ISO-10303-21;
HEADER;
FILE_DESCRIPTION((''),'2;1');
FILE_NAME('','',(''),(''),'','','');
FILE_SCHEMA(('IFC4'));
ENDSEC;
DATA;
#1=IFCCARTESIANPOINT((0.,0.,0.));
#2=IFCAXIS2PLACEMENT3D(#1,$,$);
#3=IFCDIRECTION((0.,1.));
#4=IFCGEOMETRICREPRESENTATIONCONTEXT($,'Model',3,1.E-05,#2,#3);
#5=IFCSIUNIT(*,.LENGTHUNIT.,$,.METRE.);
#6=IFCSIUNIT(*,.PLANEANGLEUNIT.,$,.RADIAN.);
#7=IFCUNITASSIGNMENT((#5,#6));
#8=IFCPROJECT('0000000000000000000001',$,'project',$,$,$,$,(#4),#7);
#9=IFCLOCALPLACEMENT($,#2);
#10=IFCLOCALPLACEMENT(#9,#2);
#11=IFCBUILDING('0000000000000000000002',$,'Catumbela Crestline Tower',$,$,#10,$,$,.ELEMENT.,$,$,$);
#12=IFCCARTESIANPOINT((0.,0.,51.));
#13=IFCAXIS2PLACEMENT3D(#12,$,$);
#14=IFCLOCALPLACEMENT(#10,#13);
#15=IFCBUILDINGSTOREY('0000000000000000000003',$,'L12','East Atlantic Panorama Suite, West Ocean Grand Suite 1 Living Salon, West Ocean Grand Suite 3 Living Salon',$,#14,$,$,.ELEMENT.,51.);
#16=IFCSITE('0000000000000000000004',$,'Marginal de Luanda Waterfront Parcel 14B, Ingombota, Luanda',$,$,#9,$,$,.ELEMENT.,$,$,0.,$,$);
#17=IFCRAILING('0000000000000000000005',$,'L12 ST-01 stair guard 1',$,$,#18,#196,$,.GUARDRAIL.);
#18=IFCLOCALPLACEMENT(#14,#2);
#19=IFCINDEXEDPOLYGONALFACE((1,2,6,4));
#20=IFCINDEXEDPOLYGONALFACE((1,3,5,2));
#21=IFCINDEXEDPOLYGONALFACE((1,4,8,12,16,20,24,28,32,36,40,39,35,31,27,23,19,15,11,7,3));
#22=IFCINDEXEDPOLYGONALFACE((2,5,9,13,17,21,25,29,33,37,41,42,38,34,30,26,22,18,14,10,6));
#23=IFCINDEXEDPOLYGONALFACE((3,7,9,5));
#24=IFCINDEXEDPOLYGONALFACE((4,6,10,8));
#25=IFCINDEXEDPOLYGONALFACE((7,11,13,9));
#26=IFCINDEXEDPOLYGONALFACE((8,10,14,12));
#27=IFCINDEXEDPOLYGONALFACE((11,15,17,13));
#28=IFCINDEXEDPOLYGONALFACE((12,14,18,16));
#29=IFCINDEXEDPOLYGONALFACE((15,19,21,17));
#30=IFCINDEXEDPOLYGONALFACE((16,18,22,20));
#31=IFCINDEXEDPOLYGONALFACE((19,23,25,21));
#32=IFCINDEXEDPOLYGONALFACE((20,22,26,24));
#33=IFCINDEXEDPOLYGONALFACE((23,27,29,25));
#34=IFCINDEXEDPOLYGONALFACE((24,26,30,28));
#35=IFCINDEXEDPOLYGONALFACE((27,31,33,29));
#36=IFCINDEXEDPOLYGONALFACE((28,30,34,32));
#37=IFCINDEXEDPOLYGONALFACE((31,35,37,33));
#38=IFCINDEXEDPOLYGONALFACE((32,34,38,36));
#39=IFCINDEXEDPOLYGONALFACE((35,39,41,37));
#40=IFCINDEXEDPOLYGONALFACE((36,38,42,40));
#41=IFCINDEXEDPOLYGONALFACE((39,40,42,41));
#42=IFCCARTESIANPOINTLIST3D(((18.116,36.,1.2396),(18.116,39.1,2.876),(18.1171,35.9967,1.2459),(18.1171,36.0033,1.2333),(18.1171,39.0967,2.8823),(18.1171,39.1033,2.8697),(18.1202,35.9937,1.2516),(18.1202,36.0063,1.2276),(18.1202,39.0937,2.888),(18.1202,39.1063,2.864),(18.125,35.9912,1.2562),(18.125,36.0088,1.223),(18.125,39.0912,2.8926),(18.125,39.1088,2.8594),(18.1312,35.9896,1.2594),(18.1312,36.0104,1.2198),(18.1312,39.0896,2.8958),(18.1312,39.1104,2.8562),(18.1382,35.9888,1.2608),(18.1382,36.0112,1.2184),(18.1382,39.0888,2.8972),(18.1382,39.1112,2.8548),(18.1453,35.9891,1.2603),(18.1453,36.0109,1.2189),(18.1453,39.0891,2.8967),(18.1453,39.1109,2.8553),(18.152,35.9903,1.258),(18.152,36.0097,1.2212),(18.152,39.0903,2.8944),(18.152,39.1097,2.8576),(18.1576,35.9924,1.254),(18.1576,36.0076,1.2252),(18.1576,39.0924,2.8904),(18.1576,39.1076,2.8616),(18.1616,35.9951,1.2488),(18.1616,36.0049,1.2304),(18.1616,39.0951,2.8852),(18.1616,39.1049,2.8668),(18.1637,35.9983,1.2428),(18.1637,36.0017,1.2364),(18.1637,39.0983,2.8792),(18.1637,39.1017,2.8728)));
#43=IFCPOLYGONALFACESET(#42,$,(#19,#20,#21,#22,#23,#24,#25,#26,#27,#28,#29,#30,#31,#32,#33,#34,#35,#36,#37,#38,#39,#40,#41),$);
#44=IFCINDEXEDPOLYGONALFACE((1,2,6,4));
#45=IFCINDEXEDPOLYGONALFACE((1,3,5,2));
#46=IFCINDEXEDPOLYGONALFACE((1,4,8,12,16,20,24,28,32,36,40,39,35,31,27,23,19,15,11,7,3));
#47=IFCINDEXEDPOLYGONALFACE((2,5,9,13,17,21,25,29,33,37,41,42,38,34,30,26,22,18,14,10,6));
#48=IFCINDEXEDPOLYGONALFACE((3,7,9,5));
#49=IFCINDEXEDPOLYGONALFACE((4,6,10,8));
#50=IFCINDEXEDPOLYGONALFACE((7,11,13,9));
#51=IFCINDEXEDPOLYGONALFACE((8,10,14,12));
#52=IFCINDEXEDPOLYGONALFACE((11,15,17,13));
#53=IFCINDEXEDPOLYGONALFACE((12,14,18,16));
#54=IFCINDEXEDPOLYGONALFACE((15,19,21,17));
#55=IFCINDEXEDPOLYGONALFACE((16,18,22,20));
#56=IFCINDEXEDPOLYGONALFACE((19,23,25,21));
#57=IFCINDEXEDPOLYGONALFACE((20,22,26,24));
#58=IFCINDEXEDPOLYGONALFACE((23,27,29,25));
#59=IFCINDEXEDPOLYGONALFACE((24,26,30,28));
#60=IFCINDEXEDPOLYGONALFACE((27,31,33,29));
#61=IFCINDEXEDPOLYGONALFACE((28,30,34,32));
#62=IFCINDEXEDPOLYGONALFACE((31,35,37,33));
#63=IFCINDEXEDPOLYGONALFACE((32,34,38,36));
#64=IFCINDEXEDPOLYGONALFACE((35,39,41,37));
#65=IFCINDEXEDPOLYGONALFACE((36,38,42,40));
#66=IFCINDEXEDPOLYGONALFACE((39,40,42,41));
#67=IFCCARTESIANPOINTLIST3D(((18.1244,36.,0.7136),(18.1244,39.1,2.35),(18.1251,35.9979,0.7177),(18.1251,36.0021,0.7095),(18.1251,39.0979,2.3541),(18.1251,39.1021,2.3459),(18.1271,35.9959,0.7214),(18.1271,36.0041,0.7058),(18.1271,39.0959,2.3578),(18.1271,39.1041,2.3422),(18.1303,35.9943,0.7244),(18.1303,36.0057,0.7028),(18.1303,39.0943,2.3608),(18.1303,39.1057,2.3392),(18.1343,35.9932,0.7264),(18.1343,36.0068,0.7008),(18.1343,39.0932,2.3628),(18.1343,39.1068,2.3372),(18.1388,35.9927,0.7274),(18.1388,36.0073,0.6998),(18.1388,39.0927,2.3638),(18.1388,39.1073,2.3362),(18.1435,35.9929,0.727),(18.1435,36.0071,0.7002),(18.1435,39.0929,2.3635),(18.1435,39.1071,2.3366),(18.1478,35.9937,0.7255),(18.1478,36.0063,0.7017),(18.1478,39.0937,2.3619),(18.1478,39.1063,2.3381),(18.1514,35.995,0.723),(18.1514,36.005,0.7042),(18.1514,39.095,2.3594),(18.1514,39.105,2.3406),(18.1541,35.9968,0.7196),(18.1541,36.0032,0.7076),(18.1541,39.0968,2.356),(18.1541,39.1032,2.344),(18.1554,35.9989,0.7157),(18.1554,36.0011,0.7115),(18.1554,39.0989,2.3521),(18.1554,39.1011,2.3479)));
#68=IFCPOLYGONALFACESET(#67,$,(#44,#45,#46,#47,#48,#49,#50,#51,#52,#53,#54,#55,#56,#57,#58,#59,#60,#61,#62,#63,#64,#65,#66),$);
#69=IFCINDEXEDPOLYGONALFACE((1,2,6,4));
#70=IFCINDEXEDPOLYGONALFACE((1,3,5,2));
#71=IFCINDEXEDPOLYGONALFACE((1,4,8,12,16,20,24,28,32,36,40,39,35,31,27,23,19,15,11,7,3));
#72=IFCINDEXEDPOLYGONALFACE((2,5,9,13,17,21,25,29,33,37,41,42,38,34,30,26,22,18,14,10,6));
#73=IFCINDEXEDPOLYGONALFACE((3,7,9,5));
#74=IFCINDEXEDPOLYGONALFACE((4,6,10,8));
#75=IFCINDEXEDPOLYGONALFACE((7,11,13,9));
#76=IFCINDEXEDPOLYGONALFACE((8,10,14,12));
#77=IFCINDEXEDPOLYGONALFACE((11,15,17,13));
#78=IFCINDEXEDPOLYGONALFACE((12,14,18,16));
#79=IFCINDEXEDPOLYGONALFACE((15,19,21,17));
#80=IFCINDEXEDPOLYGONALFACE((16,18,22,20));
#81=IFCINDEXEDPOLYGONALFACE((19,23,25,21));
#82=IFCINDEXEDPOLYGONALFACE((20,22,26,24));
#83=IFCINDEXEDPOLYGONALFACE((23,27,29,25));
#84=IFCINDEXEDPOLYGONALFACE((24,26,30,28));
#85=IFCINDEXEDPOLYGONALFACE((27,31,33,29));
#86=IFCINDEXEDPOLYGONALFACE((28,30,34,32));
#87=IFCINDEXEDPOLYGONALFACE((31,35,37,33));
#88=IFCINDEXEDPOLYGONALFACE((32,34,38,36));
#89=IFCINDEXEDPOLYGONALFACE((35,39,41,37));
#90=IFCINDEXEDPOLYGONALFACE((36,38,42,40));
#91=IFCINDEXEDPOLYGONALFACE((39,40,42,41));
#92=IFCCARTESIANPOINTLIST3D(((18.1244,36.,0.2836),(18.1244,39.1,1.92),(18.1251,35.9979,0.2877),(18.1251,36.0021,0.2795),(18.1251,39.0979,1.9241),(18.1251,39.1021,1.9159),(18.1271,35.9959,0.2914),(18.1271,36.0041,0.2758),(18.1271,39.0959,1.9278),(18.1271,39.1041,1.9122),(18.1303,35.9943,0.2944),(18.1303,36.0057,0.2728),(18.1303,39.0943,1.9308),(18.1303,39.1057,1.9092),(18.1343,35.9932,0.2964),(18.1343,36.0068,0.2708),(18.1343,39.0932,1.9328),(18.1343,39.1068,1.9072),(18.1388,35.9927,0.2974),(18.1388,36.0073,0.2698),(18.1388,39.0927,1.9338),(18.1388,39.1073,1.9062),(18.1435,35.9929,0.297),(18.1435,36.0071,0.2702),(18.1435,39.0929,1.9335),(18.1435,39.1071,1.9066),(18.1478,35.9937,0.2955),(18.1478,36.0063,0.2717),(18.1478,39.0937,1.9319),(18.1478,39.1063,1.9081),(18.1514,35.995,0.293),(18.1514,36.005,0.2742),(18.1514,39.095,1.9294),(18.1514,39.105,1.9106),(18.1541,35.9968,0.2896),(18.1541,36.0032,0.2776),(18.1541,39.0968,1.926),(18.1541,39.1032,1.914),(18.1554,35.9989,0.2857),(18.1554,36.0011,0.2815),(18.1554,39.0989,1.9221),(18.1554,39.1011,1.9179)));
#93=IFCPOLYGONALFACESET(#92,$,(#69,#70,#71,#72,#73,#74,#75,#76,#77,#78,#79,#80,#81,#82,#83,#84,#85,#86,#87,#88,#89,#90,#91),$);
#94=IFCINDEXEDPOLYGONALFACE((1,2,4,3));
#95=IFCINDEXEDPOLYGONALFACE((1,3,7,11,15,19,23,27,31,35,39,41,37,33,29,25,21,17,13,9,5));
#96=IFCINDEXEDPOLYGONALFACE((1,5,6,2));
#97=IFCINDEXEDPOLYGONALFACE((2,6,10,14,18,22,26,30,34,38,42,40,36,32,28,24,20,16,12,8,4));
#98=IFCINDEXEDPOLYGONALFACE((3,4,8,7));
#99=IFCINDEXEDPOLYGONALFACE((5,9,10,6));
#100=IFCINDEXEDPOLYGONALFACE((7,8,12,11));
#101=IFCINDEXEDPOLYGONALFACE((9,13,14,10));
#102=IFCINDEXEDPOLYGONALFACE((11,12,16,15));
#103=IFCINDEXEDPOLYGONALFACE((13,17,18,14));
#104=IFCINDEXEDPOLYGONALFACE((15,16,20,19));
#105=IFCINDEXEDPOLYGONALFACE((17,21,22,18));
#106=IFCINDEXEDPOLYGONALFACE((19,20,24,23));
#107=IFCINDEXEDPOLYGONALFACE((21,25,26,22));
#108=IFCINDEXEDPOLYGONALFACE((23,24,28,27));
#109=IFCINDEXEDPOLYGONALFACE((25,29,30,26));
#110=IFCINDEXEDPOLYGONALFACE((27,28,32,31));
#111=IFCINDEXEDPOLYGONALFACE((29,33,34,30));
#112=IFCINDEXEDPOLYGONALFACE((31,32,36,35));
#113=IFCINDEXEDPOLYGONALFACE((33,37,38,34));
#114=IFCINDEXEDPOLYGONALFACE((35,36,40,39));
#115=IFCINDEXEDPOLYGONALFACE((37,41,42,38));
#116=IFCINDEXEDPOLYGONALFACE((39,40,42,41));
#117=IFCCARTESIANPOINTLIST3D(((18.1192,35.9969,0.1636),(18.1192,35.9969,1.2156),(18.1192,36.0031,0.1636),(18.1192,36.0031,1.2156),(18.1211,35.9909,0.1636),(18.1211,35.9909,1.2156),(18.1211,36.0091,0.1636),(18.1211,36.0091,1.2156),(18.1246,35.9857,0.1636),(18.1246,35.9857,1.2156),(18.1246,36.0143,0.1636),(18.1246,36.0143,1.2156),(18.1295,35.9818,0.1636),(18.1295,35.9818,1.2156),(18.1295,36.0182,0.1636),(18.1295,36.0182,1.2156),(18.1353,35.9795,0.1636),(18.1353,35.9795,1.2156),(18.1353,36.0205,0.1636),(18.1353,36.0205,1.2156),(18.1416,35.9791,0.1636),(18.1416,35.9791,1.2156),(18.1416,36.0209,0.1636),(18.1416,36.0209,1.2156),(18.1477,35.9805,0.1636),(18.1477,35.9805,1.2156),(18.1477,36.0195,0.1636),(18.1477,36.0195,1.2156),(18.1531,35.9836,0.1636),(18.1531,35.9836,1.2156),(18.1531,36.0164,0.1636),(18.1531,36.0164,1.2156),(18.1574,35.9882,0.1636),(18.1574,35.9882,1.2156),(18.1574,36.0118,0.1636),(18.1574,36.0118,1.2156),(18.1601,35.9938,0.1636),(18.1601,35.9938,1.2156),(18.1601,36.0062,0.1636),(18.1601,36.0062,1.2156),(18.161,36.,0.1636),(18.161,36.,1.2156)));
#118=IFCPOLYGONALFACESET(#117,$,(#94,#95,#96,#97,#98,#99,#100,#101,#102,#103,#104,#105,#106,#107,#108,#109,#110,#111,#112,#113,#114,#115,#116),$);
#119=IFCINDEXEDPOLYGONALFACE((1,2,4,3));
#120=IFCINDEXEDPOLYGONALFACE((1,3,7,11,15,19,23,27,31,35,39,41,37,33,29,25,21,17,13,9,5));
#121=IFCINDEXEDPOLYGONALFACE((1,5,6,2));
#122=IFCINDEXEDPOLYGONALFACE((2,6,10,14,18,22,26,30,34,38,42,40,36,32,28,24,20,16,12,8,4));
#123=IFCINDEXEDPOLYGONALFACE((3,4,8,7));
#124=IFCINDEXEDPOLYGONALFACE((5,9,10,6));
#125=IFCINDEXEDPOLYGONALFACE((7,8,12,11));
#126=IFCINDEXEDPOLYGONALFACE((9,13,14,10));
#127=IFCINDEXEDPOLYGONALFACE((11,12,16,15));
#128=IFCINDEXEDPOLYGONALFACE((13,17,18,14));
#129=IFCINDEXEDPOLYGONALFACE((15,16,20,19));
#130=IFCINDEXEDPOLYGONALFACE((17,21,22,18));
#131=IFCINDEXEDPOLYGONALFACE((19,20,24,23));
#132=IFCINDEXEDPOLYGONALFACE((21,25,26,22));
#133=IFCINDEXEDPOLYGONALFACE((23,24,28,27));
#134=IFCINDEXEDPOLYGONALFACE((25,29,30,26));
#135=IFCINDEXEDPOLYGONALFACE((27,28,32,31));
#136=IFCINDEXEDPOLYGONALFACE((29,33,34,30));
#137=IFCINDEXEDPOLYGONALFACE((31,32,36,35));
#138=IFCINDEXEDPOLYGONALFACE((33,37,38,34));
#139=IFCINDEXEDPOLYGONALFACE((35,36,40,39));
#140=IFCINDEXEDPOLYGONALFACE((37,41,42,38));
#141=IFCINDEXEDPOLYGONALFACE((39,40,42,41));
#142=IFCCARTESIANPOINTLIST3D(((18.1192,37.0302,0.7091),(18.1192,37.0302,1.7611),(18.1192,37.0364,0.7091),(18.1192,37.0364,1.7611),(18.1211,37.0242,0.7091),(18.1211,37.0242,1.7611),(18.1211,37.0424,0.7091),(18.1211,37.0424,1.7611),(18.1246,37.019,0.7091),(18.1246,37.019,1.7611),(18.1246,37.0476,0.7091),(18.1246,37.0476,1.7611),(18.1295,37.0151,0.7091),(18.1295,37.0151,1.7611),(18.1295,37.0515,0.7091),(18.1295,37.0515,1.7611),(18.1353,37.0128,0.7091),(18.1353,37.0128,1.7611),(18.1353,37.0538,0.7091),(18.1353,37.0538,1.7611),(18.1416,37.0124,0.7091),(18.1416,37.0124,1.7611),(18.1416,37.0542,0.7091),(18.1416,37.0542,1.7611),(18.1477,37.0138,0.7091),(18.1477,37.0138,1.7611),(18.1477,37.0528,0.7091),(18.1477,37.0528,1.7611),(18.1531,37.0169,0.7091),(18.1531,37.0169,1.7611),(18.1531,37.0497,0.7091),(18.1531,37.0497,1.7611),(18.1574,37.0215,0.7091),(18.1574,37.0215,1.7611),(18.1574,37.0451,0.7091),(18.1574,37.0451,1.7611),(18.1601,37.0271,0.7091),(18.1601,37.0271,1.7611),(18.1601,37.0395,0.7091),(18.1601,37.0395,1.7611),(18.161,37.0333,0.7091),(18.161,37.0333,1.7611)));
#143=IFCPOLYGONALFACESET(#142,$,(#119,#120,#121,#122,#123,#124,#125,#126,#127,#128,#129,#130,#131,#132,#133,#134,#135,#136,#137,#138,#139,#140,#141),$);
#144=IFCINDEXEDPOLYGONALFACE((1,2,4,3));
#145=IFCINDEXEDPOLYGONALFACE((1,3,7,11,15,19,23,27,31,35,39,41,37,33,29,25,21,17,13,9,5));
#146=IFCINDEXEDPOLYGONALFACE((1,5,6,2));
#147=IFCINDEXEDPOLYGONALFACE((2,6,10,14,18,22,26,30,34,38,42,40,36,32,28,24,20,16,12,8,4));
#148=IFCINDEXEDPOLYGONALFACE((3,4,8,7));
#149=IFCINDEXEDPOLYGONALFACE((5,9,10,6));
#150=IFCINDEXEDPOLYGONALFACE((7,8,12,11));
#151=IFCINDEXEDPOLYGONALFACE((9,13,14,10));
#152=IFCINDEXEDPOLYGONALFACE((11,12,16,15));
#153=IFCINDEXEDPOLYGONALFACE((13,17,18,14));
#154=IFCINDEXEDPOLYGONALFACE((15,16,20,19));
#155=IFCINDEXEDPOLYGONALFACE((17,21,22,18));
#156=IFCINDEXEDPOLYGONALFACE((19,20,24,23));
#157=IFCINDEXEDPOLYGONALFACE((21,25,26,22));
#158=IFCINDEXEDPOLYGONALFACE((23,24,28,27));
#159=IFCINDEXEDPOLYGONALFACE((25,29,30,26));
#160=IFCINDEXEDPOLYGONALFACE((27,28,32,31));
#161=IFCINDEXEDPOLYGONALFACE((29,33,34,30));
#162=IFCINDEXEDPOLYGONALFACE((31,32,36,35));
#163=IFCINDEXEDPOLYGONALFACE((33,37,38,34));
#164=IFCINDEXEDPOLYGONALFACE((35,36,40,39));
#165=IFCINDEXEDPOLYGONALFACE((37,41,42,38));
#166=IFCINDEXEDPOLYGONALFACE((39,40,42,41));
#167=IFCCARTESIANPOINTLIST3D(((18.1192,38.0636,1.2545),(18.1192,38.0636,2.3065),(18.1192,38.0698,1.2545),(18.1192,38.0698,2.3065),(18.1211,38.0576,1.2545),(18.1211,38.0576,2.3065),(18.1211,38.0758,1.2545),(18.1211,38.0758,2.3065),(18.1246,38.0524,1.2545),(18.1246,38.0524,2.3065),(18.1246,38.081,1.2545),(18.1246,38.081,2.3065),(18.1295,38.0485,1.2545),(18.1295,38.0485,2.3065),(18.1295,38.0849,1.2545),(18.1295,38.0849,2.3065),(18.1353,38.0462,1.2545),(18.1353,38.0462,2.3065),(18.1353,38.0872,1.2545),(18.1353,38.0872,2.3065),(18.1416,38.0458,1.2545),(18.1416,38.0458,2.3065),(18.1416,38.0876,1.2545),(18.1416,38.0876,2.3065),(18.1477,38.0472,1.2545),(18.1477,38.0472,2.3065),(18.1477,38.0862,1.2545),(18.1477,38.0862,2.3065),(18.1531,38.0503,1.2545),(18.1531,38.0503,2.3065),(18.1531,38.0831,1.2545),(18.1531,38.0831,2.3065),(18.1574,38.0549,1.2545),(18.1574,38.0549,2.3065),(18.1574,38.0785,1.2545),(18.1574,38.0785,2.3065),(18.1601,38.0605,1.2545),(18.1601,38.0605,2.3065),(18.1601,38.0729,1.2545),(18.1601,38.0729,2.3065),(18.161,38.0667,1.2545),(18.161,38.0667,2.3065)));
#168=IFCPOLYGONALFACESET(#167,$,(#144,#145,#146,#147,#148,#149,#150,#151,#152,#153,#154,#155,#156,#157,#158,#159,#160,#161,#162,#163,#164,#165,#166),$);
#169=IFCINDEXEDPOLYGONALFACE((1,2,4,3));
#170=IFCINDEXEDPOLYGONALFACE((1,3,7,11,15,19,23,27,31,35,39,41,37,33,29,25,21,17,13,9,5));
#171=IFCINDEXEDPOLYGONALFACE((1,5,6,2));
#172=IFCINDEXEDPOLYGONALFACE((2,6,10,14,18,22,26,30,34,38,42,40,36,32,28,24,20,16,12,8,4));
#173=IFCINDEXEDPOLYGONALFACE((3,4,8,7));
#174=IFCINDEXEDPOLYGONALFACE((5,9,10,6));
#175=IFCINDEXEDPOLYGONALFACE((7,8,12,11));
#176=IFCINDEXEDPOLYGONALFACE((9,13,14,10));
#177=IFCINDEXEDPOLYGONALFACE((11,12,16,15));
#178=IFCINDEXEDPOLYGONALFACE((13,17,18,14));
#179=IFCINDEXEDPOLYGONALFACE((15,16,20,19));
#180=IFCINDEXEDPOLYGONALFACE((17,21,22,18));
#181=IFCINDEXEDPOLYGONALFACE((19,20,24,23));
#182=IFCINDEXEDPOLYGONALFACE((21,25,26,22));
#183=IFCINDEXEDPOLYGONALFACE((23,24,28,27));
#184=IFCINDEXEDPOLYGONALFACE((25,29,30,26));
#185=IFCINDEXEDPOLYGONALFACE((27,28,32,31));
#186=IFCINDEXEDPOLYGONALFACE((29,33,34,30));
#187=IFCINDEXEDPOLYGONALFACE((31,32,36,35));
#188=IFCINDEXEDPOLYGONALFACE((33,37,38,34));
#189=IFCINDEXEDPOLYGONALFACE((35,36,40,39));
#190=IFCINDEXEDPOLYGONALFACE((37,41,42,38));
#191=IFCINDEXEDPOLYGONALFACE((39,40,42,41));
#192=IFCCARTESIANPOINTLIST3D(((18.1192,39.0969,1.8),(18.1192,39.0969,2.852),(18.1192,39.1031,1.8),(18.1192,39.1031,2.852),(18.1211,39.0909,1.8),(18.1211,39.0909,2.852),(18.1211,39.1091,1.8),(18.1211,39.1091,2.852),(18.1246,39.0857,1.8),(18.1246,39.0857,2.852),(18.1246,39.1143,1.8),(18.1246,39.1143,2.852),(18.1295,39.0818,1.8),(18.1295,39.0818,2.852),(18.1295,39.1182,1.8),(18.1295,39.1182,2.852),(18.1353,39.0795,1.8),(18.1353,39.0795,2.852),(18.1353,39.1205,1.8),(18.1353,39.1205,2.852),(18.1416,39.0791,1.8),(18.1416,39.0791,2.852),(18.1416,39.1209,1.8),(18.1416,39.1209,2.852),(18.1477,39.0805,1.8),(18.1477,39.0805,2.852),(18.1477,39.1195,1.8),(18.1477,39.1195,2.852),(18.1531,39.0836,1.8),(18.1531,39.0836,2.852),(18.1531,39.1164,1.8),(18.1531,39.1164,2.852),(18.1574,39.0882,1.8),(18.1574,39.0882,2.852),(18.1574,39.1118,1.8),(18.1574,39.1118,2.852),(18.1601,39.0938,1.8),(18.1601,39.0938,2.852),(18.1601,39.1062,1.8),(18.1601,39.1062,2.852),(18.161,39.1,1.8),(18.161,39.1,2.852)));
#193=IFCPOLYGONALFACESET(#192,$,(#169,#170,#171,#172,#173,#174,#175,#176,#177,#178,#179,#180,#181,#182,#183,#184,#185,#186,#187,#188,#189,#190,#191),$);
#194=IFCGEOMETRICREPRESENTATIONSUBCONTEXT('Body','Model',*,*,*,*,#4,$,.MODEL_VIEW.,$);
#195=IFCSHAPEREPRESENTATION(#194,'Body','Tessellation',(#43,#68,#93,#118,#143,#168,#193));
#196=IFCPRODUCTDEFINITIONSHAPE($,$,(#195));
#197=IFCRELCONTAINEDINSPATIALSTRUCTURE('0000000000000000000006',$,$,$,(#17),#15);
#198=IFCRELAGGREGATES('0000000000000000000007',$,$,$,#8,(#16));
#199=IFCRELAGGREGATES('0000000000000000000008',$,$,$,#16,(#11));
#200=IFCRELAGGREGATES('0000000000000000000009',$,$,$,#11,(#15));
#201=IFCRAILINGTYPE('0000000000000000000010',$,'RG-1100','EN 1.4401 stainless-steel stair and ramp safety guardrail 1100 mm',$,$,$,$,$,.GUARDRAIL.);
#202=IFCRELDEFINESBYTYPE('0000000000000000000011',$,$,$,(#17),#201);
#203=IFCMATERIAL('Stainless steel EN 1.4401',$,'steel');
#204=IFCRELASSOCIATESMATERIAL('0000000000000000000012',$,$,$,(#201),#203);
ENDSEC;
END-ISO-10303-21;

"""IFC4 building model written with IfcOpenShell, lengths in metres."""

from ifc_helpers import new_model, si_unit, direction, frame, origin, origin_2d, place, context, subcontext, project, spatial, circle, extrude, material, type_object, element, save


model = new_model("IFC4")

# Units and contexts
model_context = context("Model", 3, precision=1e-05, world=origin(), true_north=direction((0.0, 1.0)))
body_context = subcontext(model_context, "Body", "Model", "MODEL_VIEW")
ifc_project = project(units=[si_unit("LENGTHUNIT", "METRE"), si_unit("PLANEANGLEUNIT", "RADIAN")], contexts=[model_context])

# Site, building, storey
site_placement = place(None, origin())
site = spatial("IfcSite", under=ifc_project, at=site_placement, Name="Marginal de Luanda Waterfront Parcel 14B, Ingombota, Luanda", CompositionType="ELEMENT", RefElevation=0.0)
building_placement = place(site_placement, origin())
building = spatial("IfcBuilding", under=site, at=building_placement, Name="Catumbela Crestline Tower", CompositionType="ELEMENT")
storey_placement = place(building_placement, frame((0.0, 0.0, 51.0)))
storey = spatial("IfcBuildingStorey", under=building, at=storey_placement, Name="L12", Description="East Atlantic Panorama Suite, West Ocean Grand Suite 1 Living Salon, West Ocean Grand Suite 3 Living Salon", CompositionType="ELEMENT", Elevation=51.0)

# Railing
ifc_material_1 = material(Name="Stainless steel EN 1.4401", Category="steel")
railing_type_1 = type_object("IfcRailingType", Name="RG-1100", Description="EN 1.4401 stainless-steel stair and ramp safety guardrail 1100 mm", PredefinedType="GUARDRAIL", material=ifc_material_1)
railing_1_placement = place(storey_placement, frame((18.14, 36.0, 0.1636)))
element("IfcRailing", 1, at=railing_1_placement, inside=storey, type_object=railing_type_1, Name="L12 ST-01 stair guard 1", PredefinedType="GUARDRAIL", context=body_context, shape_type="SweptSolid", body=[
    extrude(circle(Radius=0.024, at=origin_2d()), frame((0.0, 0.0, 1.076), z_axis=(0.0, 0.884351, 0.466823), x_axis=(-1.0, 0.0, 0.0)), (0.0, 0.0, 1.0), 3.5054),
    extrude(circle(Radius=0.0156, at=origin_2d()), frame((0.0, 0.0, 0.55), z_axis=(0.0, 0.884351, 0.466823), x_axis=(-1.0, 0.0, 0.0)), (0.0, 0.0, 1.0), 3.5054),
    extrude(circle(Radius=0.0156, at=origin_2d()), frame((0.0, 0.0, 0.12), z_axis=(0.0, 0.884351, 0.466823), x_axis=(-1.0, 0.0, 0.0)), (0.0, 0.0, 1.0), 3.5054),
    extrude(circle(Radius=0.021, at=origin_2d()), origin(), (0.0, 0.0, 1.0), 1.052),
    extrude(circle(Radius=0.021, at=origin_2d()), frame((0.0, 1.0333, 0.5455)), (0.0, 0.0, 1.0), 1.052),
    extrude(circle(Radius=0.021, at=origin_2d()), frame((0.0, 2.0667, 1.0909)), (0.0, 0.0, 1.0), 1.052),
    extrude(circle(Radius=0.021, at=origin_2d()), frame((0.0, 3.1, 1.6364)), (0.0, 0.0, 1.0), 1.052),
])

save(model, "model.ifc")
